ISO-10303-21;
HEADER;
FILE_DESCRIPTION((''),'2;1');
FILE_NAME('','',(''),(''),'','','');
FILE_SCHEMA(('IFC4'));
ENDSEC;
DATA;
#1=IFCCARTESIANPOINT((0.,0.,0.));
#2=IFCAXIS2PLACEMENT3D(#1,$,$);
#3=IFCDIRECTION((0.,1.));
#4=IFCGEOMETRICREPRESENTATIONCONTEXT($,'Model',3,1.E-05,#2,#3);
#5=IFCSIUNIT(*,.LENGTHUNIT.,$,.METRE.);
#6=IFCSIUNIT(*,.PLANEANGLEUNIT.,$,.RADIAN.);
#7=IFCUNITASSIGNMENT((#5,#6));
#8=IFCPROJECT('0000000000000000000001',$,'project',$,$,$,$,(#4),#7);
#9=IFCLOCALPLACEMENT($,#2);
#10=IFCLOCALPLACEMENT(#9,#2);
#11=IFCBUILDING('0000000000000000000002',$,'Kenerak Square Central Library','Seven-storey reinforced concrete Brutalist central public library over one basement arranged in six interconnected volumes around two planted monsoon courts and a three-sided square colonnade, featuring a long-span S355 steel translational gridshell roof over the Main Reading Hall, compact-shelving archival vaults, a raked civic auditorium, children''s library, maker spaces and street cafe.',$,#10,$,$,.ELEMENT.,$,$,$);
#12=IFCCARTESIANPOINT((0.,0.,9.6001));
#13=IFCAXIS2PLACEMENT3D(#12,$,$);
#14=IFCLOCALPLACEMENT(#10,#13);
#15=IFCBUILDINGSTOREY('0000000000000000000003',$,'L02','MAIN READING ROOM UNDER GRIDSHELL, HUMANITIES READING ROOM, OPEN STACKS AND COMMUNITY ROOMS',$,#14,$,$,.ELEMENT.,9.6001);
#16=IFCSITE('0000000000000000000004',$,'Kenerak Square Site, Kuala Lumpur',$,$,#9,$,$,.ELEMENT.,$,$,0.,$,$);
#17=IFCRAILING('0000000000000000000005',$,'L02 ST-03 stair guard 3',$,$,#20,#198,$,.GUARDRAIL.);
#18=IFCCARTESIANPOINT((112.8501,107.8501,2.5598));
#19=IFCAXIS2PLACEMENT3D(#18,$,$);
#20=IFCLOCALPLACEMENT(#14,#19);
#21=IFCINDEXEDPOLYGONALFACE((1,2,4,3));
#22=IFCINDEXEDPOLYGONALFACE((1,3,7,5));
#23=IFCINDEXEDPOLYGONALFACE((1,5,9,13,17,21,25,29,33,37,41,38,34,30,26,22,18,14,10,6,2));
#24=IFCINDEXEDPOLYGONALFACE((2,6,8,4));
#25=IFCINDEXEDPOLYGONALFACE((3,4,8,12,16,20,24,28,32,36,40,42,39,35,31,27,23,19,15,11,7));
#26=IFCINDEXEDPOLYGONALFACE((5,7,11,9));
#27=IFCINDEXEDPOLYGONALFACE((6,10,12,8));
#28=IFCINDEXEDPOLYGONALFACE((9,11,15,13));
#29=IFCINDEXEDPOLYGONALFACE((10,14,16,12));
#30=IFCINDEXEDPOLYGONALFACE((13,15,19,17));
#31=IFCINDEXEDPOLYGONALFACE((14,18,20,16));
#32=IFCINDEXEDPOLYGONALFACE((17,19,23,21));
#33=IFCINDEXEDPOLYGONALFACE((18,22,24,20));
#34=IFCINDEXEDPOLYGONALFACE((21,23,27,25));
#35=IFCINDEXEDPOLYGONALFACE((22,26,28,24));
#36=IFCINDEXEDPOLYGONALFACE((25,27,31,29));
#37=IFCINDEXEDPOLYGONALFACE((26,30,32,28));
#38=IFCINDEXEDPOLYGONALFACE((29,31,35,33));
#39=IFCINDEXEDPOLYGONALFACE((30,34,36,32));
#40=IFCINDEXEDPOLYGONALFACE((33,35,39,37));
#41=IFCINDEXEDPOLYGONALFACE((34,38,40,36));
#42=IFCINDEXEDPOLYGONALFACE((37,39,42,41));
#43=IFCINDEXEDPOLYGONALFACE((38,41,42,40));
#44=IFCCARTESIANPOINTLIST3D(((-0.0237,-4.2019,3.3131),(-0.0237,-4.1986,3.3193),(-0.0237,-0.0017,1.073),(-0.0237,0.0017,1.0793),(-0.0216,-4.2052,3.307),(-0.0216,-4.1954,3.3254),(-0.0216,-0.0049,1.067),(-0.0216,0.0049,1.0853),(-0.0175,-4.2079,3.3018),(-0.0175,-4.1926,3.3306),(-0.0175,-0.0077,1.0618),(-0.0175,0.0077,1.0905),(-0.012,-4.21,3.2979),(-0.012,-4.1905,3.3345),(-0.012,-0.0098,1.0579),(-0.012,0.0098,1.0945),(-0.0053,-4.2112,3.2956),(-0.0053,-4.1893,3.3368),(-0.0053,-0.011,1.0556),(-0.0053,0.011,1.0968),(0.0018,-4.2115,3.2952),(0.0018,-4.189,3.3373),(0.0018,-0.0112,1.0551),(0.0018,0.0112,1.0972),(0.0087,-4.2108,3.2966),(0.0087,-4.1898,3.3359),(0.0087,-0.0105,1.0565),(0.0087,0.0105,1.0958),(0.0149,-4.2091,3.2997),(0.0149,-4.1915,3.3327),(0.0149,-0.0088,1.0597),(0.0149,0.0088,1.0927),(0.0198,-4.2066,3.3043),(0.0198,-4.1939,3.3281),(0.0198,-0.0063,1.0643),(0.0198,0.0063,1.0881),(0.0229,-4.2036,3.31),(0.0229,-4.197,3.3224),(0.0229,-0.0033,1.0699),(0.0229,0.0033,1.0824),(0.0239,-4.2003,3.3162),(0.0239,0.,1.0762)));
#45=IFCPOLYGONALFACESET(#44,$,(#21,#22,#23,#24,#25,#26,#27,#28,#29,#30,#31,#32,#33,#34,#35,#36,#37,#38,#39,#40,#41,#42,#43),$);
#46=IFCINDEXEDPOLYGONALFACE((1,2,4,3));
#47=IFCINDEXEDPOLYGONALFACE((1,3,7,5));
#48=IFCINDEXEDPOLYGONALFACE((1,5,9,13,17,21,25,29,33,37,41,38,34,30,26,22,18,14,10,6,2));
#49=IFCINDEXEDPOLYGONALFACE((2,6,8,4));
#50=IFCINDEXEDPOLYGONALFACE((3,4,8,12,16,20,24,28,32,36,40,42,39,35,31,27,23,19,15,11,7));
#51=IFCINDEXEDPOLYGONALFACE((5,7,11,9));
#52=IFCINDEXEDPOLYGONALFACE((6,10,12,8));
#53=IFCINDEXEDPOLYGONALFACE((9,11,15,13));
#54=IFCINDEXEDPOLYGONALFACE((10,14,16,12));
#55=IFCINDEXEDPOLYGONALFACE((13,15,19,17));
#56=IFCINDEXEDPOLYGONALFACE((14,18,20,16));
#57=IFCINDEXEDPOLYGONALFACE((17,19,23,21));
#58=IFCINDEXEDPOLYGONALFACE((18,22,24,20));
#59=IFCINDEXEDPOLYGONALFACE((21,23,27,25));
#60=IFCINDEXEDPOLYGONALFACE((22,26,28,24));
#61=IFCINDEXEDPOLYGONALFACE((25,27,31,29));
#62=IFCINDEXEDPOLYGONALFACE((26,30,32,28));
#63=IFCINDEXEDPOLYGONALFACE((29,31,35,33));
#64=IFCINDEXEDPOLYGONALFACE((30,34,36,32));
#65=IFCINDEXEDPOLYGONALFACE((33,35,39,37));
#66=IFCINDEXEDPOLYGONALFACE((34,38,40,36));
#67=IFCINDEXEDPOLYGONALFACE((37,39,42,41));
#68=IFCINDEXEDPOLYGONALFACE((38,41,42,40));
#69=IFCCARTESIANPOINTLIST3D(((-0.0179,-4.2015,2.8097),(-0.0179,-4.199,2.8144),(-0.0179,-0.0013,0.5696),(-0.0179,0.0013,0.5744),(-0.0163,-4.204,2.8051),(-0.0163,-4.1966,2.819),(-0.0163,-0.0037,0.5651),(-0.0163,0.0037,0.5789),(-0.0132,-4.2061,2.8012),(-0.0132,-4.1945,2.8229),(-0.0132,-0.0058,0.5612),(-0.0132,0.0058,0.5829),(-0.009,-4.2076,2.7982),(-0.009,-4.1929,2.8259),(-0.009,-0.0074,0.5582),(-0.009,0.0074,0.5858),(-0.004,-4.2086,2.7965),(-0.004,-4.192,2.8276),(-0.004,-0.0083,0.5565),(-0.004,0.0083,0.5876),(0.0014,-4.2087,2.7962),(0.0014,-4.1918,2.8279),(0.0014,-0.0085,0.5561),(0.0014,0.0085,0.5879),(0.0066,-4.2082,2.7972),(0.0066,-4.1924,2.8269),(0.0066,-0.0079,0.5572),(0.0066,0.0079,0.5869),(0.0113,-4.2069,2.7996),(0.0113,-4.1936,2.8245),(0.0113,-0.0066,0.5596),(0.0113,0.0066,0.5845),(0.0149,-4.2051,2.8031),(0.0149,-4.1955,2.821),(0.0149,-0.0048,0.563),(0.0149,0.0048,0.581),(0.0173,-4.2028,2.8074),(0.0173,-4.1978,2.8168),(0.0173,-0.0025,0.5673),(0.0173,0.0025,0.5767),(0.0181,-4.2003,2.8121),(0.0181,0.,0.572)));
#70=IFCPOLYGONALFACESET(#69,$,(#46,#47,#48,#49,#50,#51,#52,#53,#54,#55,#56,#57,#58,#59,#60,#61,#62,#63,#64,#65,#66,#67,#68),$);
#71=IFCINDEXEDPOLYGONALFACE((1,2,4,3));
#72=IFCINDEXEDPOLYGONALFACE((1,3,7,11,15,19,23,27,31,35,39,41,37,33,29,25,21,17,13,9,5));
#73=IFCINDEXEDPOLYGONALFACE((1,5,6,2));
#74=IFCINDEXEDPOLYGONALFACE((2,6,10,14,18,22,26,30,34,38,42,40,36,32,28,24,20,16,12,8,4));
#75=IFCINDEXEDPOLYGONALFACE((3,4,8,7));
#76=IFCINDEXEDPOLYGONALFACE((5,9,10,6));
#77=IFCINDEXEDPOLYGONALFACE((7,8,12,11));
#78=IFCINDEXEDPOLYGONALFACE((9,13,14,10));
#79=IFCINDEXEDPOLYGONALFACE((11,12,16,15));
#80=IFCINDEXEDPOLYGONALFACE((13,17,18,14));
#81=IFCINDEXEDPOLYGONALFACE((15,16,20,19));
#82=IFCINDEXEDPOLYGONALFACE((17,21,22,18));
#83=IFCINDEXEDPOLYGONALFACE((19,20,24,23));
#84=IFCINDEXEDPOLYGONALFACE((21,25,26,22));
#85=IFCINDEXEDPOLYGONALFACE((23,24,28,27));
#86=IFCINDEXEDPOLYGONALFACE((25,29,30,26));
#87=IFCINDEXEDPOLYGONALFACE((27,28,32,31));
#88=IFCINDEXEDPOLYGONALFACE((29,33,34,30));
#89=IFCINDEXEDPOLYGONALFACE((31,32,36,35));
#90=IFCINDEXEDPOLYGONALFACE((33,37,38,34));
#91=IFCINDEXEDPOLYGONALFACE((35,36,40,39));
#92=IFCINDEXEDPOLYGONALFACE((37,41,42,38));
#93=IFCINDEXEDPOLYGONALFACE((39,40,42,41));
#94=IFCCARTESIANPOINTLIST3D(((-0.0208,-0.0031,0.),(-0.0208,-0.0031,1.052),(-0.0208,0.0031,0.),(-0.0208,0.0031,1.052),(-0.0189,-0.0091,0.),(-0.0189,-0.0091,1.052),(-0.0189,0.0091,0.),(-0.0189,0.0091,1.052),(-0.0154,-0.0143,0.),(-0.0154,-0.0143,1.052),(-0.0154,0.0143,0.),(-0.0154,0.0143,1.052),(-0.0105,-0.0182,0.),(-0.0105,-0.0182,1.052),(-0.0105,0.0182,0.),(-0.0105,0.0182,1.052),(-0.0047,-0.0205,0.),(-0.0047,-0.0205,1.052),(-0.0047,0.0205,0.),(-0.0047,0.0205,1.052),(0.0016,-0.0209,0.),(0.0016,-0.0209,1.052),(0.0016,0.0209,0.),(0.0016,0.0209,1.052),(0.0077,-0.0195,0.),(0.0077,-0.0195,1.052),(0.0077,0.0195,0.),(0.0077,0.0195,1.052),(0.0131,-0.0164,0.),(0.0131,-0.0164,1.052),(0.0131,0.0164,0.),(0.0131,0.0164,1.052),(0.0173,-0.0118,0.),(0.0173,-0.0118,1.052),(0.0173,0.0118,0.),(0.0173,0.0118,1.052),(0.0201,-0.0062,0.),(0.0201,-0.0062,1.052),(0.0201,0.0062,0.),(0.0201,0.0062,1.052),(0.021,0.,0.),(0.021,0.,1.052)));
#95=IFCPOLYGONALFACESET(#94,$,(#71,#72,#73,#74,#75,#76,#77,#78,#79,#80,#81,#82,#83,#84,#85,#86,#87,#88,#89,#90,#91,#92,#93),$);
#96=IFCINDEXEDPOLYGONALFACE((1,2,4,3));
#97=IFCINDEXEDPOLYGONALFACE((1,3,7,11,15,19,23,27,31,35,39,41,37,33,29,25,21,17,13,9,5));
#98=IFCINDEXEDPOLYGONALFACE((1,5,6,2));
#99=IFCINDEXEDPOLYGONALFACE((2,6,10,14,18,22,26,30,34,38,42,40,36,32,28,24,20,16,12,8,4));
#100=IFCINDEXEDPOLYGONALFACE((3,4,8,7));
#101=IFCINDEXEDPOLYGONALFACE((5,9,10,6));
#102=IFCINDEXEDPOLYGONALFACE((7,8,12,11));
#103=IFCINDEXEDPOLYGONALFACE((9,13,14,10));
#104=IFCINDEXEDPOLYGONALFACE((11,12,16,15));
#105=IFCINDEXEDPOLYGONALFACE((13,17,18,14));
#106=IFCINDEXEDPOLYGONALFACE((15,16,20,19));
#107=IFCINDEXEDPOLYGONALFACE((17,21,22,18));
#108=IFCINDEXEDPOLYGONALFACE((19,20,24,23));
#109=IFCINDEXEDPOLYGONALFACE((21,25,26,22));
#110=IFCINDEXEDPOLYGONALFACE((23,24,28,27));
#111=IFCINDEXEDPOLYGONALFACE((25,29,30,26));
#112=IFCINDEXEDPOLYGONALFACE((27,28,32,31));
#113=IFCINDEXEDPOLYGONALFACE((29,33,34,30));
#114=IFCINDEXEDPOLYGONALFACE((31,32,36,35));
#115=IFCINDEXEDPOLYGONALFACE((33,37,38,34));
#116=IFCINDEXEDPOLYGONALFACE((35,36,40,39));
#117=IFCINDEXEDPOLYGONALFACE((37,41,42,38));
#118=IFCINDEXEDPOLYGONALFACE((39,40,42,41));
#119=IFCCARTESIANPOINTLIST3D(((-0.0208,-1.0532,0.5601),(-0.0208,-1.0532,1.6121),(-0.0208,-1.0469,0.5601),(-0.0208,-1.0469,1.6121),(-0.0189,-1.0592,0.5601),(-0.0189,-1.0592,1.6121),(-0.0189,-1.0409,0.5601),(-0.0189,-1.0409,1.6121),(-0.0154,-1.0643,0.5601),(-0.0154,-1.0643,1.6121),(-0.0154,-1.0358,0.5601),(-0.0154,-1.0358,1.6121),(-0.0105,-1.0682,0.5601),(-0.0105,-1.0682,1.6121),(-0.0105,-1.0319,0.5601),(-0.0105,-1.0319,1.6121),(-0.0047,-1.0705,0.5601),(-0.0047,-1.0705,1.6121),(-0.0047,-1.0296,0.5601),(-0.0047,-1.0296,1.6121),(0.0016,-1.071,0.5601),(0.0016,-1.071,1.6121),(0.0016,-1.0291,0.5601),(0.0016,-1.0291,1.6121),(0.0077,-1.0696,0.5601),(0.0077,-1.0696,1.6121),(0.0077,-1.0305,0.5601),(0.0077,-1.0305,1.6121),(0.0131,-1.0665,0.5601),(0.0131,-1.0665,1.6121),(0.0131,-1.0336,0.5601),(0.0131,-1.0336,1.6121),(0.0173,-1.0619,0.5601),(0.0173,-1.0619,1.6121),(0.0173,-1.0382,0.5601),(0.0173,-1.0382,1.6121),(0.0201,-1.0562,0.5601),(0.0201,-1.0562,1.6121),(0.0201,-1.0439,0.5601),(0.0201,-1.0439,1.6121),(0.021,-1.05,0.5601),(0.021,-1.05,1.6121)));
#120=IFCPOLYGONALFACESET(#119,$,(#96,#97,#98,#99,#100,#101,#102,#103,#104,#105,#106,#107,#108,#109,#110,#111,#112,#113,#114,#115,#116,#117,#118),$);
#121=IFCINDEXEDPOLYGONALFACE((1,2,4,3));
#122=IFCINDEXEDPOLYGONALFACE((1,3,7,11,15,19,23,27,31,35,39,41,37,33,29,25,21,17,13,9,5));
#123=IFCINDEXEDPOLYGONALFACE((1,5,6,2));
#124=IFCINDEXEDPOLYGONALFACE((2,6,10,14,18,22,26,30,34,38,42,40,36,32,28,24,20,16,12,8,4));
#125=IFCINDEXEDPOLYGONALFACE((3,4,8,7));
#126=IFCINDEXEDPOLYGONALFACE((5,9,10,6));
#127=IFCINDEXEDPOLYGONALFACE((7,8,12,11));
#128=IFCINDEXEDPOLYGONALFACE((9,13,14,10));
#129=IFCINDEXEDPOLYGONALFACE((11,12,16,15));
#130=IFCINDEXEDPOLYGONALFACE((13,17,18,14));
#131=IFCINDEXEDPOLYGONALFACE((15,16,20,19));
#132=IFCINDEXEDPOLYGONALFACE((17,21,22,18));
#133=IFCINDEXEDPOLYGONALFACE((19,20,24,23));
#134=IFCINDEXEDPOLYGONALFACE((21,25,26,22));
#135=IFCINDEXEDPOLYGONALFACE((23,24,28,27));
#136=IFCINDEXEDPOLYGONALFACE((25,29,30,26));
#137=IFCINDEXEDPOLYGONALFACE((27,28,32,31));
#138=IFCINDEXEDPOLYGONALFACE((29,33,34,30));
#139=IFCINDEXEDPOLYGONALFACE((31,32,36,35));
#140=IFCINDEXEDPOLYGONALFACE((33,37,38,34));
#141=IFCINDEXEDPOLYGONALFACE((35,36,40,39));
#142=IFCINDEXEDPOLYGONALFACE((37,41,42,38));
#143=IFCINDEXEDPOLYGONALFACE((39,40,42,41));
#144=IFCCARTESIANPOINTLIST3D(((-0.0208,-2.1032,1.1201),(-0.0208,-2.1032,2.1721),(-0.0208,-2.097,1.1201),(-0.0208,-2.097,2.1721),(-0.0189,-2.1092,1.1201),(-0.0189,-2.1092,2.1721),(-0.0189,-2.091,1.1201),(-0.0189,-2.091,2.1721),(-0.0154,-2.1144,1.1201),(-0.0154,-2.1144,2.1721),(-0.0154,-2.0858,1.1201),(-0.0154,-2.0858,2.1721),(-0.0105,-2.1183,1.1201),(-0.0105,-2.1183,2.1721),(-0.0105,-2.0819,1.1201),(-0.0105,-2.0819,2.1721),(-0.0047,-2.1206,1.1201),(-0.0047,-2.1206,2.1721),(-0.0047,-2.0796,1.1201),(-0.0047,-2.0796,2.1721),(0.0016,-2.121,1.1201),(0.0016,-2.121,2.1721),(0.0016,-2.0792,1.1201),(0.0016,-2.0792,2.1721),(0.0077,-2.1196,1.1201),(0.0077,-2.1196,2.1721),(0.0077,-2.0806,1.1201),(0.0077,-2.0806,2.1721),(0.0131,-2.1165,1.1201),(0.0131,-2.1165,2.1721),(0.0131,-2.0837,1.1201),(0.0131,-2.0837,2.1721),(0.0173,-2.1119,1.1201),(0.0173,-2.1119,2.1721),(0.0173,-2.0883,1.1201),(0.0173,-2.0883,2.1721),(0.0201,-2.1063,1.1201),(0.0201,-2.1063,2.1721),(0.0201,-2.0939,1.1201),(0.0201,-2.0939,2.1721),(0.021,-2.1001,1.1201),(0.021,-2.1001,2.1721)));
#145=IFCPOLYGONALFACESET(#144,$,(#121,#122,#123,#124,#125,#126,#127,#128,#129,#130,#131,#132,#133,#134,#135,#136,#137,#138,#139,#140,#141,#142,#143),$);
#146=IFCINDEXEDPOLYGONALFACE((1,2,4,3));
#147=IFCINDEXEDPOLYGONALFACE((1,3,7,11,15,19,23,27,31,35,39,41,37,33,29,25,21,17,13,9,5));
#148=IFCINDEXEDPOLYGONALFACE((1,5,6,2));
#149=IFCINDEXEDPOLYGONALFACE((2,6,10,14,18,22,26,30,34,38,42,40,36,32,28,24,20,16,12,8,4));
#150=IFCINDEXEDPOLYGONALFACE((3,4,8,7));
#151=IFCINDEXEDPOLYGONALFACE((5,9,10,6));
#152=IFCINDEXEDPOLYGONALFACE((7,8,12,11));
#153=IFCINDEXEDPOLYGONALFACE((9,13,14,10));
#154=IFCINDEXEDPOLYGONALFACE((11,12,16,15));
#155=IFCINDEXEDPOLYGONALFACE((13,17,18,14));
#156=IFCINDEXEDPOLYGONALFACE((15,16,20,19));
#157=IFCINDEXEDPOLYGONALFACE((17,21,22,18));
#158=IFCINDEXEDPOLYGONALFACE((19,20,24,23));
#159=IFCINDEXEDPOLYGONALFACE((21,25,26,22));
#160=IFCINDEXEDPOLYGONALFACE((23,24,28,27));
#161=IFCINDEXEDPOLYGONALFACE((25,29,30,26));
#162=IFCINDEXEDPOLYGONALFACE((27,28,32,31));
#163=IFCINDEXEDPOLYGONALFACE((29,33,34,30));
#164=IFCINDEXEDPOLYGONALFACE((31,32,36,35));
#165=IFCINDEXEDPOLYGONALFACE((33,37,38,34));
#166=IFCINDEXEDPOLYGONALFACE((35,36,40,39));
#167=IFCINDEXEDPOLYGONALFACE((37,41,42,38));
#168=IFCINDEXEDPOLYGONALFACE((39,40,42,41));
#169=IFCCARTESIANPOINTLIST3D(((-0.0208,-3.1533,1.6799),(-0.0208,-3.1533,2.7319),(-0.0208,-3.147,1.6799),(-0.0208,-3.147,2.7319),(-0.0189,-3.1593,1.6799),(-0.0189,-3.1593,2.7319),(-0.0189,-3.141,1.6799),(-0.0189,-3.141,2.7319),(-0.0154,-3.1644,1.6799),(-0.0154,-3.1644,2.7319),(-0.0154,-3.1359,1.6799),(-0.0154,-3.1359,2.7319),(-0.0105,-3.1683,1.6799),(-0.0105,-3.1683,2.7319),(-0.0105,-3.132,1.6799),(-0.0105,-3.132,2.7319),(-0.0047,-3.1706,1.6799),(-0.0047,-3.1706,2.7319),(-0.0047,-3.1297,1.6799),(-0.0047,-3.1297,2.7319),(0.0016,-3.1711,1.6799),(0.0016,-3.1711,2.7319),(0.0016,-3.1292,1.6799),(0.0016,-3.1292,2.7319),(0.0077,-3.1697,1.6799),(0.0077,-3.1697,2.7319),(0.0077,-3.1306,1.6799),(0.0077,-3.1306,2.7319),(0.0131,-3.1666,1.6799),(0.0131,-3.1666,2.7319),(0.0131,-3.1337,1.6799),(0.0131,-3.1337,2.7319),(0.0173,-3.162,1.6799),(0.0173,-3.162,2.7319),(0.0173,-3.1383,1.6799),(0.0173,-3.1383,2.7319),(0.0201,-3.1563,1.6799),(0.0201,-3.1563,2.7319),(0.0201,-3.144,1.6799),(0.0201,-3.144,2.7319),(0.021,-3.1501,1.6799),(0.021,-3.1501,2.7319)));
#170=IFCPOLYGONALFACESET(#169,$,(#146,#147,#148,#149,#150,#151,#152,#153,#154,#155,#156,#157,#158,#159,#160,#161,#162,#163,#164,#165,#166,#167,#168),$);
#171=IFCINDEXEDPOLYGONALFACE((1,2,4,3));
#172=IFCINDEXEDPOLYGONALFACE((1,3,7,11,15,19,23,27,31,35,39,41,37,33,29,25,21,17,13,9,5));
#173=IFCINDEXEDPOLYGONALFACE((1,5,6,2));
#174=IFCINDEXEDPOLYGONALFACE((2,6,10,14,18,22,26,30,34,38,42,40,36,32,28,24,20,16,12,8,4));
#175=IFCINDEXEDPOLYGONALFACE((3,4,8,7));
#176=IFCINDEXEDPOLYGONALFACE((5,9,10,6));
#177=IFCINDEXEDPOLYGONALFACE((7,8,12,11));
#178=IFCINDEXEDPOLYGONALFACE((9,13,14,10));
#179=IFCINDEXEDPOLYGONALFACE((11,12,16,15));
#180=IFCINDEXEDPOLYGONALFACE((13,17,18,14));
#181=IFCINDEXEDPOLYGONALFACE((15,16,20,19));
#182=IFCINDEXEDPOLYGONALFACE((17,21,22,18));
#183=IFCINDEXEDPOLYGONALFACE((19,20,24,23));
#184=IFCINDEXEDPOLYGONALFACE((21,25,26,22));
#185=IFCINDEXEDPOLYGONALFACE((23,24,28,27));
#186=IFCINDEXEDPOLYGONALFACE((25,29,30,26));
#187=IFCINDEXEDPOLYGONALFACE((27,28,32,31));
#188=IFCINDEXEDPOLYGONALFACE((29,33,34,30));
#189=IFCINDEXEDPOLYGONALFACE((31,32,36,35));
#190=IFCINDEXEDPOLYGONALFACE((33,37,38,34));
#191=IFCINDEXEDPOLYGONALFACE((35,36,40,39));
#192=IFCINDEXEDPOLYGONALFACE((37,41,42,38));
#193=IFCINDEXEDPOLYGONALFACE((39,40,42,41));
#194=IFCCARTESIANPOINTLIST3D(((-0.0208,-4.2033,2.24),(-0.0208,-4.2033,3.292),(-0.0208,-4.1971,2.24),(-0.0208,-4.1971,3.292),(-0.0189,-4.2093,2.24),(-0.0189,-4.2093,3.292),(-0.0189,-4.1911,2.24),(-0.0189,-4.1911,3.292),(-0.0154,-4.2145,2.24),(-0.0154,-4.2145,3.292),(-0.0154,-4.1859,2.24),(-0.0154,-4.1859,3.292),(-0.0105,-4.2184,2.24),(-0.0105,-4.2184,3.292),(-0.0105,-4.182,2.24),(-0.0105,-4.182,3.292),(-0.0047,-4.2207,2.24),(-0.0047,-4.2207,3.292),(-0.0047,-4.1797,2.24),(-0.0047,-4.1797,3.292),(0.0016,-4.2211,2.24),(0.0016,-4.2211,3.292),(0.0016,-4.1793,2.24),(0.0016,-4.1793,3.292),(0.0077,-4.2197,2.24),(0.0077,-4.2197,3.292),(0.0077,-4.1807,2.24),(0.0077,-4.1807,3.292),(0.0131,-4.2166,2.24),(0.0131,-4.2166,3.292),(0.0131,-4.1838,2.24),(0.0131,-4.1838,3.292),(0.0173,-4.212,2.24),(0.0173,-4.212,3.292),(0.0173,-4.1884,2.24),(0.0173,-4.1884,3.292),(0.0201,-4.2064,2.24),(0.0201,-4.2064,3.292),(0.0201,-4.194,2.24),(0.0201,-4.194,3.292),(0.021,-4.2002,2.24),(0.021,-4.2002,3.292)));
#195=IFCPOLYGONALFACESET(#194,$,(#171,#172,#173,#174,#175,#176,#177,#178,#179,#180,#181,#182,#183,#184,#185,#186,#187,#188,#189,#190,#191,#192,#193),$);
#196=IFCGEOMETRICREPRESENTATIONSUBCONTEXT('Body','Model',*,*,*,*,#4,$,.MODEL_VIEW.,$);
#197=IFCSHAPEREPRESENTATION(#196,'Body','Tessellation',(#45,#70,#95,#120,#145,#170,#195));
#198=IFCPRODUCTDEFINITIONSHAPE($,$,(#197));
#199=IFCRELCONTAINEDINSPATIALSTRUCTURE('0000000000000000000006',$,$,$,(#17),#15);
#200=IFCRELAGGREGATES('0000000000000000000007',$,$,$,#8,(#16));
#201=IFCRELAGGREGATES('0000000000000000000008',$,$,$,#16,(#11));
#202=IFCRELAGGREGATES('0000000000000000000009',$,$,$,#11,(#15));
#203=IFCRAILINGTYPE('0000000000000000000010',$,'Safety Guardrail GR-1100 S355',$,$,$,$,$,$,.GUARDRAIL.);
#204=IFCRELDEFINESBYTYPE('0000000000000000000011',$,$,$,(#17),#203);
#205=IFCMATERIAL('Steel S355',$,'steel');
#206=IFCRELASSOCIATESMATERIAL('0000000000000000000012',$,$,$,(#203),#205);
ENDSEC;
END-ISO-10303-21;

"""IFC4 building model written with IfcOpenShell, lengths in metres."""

from ifc_helpers import new_model, si_unit, direction, frame, origin, origin_2d, place, context, subcontext, project, spatial, circle, extrude, material, type_object, element, save


model = new_model("IFC4")

# Units and contexts
model_context = context("Model", 3, precision=1e-05, world=origin(), true_north=direction((0.0, 1.0)))
body_context = subcontext(model_context, "Body", "Model", "MODEL_VIEW")
ifc_project = project(units=[si_unit("LENGTHUNIT", "METRE"), si_unit("PLANEANGLEUNIT", "RADIAN")], contexts=[model_context])

# Site, building, storey
site_placement = place(None, origin())
site = spatial("IfcSite", under=ifc_project, at=site_placement, Name="Kenerak Square Site, Kuala Lumpur", CompositionType="ELEMENT", RefElevation=0.0)
building_placement = place(site_placement, origin())
building = spatial("IfcBuilding", under=site, at=building_placement, Name="Kenerak Square Central Library", Description="Seven-storey reinforced concrete Brutalist central public library over one basement arranged in six interconnected volumes around two planted monsoon courts and a three-sided square colonnade, featuring a long-span S355 steel translational gridshell roof over the Main Reading Hall, compact-shelving archival vaults, a raked civic auditorium, children's library, maker spaces and street cafe.", CompositionType="ELEMENT")
storey_placement = place(building_placement, frame((0.0, 0.0, 9.6001)))
storey = spatial("IfcBuildingStorey", under=building, at=storey_placement, Name="L02", Description="MAIN READING ROOM UNDER GRIDSHELL, HUMANITIES READING ROOM, OPEN STACKS AND COMMUNITY ROOMS", CompositionType="ELEMENT", Elevation=9.6001)

# Railing
ifc_material_1 = material(Name="Steel S355", Category="steel")
railing_type = type_object("IfcRailingType", Name="Safety Guardrail GR-1100 S355", PredefinedType="GUARDRAIL", material=ifc_material_1)
railing_1_placement = place(storey_placement, frame((112.8501, 107.8501, 2.5598)))
element("IfcRailing", 1, at=railing_1_placement, inside=storey, type_object=railing_type, Name="L02 ST-03 stair guard 3", PredefinedType="GUARDRAIL", context=body_context, shape_type="SweptSolid", body=[
    extrude(circle(Radius=0.0239, at=origin_2d()), frame((0.0, 0.0, 1.0762), z_axis=(0.0, -0.882363, 0.47057), x_axis=(1.0, 0.0, 0.0)), (0.0, 0.0, 1.0), 4.7603),
    extrude(circle(Radius=0.0181, at=origin_2d()), frame((0.0, 0.0, 0.572), z_axis=(0.0, -0.882363, 0.47057), x_axis=(1.0, 0.0, 0.0)), (0.0, 0.0, 1.0), 4.7603),
    extrude(circle(Radius=0.021, at=origin_2d()), origin(), (0.0, 0.0, 1.0), 1.052),
    extrude(circle(Radius=0.021, at=origin_2d()), frame((0.0, -1.05, 0.5601)), (0.0, 0.0, 1.0), 1.052),
    extrude(circle(Radius=0.021, at=origin_2d()), frame((0.0, -2.1001, 1.1201)), (0.0, 0.0, 1.0), 1.052),
    extrude(circle(Radius=0.021, at=origin_2d()), frame((0.0, -3.1501, 1.6799)), (0.0, 0.0, 1.0), 1.052),
    extrude(circle(Radius=0.021, at=origin_2d()), frame((0.0, -4.2002, 2.24)), (0.0, 0.0, 1.0), 1.052),
])

save(model, "model.ifc")
